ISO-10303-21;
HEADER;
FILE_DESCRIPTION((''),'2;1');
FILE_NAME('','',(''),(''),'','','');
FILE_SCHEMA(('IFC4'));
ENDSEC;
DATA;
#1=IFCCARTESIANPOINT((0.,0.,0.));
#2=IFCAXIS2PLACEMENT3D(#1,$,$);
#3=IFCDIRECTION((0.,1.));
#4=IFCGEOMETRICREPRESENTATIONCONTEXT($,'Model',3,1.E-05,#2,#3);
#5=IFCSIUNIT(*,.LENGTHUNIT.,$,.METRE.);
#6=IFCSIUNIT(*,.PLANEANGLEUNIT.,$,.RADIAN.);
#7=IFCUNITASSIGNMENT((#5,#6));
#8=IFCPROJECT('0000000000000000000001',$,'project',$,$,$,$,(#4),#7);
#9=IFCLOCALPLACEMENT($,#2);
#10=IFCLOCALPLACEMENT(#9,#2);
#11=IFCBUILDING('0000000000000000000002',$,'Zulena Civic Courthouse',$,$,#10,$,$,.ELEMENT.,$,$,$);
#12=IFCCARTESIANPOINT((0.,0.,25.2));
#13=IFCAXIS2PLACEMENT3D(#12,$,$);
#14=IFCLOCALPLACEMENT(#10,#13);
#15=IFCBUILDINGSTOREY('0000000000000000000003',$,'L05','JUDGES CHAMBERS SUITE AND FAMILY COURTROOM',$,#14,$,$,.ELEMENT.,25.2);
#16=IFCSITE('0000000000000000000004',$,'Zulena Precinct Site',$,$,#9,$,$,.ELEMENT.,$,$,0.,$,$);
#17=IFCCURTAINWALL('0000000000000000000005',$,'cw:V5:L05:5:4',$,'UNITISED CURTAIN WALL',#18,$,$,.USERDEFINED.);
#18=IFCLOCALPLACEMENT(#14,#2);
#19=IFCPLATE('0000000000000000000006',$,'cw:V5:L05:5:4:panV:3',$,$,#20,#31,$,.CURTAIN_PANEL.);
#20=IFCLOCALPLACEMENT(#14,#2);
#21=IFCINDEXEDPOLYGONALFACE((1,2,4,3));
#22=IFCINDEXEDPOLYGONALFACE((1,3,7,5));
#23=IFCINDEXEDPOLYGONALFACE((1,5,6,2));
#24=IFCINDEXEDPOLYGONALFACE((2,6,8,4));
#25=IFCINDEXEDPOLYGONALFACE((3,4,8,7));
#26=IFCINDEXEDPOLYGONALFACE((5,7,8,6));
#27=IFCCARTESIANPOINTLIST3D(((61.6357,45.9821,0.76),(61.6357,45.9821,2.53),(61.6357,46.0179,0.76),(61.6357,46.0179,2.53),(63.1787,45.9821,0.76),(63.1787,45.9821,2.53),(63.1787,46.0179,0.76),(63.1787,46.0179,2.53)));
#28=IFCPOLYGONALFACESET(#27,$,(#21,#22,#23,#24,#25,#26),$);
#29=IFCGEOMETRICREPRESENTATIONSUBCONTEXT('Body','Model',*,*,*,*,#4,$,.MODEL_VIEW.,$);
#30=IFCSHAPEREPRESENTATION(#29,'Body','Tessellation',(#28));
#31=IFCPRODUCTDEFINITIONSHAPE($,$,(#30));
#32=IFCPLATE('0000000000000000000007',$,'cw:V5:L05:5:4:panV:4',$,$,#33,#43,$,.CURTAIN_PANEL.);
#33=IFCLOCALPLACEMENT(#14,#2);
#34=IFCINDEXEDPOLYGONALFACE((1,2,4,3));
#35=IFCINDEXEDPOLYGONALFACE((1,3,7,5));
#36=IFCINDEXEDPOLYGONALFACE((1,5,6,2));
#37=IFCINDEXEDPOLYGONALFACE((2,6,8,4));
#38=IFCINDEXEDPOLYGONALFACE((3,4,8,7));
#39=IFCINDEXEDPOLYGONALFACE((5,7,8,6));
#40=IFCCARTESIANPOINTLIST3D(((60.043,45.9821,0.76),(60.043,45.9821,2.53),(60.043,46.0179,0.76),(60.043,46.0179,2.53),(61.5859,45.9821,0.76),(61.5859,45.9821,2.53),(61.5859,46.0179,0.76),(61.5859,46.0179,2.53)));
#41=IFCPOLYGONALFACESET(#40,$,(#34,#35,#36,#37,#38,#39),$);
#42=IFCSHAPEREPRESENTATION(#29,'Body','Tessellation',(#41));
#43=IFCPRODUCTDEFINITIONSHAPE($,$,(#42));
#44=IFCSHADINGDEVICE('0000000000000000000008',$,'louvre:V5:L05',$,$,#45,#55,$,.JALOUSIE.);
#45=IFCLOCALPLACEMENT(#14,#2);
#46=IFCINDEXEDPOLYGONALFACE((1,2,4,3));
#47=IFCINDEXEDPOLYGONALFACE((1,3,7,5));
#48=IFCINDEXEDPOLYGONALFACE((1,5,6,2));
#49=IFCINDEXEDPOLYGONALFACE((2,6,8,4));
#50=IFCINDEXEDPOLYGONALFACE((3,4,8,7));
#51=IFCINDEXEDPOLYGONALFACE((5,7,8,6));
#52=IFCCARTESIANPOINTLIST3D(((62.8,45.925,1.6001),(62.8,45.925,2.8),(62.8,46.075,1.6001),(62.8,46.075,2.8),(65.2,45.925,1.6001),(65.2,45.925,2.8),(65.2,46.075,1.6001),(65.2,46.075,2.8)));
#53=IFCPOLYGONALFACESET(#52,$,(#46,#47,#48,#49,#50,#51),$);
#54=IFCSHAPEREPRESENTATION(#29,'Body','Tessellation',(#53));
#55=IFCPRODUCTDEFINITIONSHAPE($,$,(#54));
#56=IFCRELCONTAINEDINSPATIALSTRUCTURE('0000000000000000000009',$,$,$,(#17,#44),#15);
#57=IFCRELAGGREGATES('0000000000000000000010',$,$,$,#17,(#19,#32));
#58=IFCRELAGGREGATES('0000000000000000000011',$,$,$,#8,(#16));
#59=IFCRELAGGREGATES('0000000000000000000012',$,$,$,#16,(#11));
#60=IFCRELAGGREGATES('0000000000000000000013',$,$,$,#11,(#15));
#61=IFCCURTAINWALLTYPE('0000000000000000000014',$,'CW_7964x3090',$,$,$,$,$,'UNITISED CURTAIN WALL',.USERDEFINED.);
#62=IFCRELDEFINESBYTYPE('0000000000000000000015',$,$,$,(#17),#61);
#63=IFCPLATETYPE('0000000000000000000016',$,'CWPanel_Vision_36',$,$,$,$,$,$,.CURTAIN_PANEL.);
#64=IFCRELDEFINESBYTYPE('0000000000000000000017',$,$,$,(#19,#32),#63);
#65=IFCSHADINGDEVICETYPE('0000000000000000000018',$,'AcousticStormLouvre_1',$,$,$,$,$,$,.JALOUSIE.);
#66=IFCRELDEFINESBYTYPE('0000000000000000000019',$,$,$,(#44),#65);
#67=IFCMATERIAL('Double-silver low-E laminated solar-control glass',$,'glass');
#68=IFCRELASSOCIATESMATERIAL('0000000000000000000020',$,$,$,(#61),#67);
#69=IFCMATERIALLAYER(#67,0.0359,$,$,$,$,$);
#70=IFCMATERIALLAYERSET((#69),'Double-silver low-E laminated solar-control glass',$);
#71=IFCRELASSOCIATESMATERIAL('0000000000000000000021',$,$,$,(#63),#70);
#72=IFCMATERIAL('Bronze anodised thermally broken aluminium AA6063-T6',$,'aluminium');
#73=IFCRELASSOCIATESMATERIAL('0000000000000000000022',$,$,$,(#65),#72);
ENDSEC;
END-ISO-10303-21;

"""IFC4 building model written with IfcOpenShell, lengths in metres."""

from ifc_helpers import new_model, si_unit, direction, frame, origin, origin_2d, place, context, subcontext, project, spatial, rectangle, extrude, material, layer, layer_set, type_object, element, aggregate, save


model = new_model("IFC4")

# Units and contexts
model_context = context("Model", 3, precision=1e-05, world=origin(), true_north=direction((0.0, 1.0)))
body_context = subcontext(model_context, "Body", "Model", "MODEL_VIEW")
ifc_project = project(units=[si_unit("LENGTHUNIT", "METRE"), si_unit("PLANEANGLEUNIT", "RADIAN")], contexts=[model_context])

# Site, building, storey
site_placement = place(None, origin())
site = spatial("IfcSite", under=ifc_project, at=site_placement, Name="Zulena Precinct Site", CompositionType="ELEMENT", RefElevation=0.0)
building_placement = place(site_placement, origin())
building = spatial("IfcBuilding", under=site, at=building_placement, Name="Zulena Civic Courthouse", CompositionType="ELEMENT")
storey_placement = place(building_placement, frame((0.0, 0.0, 25.2)))
storey = spatial("IfcBuildingStorey", under=building, at=storey_placement, Name="L05", Description="JUDGES CHAMBERS SUITE AND FAMILY COURTROOM", CompositionType="ELEMENT", Elevation=25.2)

# Curtain wall
ifc_material_1 = material(Name="Double-silver low-E laminated solar-control glass", Category="glass")
curtain_wall_type = type_object("IfcCurtainWallType", Name="CW_7964x3090", ElementType="UNITISED CURTAIN WALL", PredefinedType="USERDEFINED", material=ifc_material_1)
curtain_wall_1_placement = place(storey_placement, origin())
curtain_wall_1 = element("IfcCurtainWall", 1, at=curtain_wall_1_placement, inside=storey, type_object=curtain_wall_type, Name="cw:V5:L05:5:4", ObjectType="UNITISED CURTAIN WALL", PredefinedType="USERDEFINED")
ifc_material_2 = material(Name="Bronze anodised thermally broken aluminium AA6063-T6", Category="aluminium")

# Plates
ifc_layer_1 = layer(ifc_material_1, 0.0359)
ifc_layer_set_1 = layer_set([ifc_layer_1], Name="Double-silver low-E laminated solar-control glass")
plate_type_1 = type_object("IfcPlateType", Name="CWPanel_Vision_36", PredefinedType="CURTAIN_PANEL", material=ifc_layer_set_1)
plate_1_placement = place(storey_placement, frame((62.4072, 46.0, 0.76), z_axis=(0.0, 0.0, 1.0), x_axis=(-1.0, 0.0, 0.0)))
plate_1 = element("IfcPlate", 2, at=plate_1_placement, type_object=plate_type_1, Name="cw:V5:L05:5:4:panV:3", PredefinedType="CURTAIN_PANEL", context=body_context, shape_type="SweptSolid", body=[
    extrude(rectangle(XDim=1.543, YDim=0.0359, at=origin_2d()), origin(), (0.0, 0.0, 1.0), 1.77),
])
plate_2_placement = place(storey_placement, frame((60.8145, 46.0, 0.76), z_axis=(0.0, 0.0, 1.0), x_axis=(-1.0, 0.0, 0.0)))
plate_2 = element("IfcPlate", 3, at=plate_2_placement, type_object=plate_type_1, Name="cw:V5:L05:5:4:panV:4", PredefinedType="CURTAIN_PANEL", context=body_context, shape_type="SweptSolid", body=[
    extrude(rectangle(XDim=1.543, YDim=0.0359, at=origin_2d()), origin(), (0.0, 0.0, 1.0), 1.77),
])
aggregate(curtain_wall_1, [plate_1, plate_2])

# Shading device
shading_device_type = type_object("IfcShadingDeviceType", Name="AcousticStormLouvre_1", PredefinedType="JALOUSIE", material=ifc_material_2)
shading_device_placement = place(storey_placement, frame((64.0, 46.0, 1.6001), z_axis=(0.0, 0.0, 1.0), x_axis=(1.0, 0.0, 0.0)))
element("IfcShadingDevice", 4, at=shading_device_placement, inside=storey, type_object=shading_device_type, Name="louvre:V5:L05", PredefinedType="JALOUSIE", context=body_context, shape_type="SweptSolid", body=[
    extrude(rectangle(XDim=2.3999, YDim=0.1499, at=origin_2d()), origin(), (0.0, 0.0, 1.0), 1.2),
])

save(model, "model.ifc")
